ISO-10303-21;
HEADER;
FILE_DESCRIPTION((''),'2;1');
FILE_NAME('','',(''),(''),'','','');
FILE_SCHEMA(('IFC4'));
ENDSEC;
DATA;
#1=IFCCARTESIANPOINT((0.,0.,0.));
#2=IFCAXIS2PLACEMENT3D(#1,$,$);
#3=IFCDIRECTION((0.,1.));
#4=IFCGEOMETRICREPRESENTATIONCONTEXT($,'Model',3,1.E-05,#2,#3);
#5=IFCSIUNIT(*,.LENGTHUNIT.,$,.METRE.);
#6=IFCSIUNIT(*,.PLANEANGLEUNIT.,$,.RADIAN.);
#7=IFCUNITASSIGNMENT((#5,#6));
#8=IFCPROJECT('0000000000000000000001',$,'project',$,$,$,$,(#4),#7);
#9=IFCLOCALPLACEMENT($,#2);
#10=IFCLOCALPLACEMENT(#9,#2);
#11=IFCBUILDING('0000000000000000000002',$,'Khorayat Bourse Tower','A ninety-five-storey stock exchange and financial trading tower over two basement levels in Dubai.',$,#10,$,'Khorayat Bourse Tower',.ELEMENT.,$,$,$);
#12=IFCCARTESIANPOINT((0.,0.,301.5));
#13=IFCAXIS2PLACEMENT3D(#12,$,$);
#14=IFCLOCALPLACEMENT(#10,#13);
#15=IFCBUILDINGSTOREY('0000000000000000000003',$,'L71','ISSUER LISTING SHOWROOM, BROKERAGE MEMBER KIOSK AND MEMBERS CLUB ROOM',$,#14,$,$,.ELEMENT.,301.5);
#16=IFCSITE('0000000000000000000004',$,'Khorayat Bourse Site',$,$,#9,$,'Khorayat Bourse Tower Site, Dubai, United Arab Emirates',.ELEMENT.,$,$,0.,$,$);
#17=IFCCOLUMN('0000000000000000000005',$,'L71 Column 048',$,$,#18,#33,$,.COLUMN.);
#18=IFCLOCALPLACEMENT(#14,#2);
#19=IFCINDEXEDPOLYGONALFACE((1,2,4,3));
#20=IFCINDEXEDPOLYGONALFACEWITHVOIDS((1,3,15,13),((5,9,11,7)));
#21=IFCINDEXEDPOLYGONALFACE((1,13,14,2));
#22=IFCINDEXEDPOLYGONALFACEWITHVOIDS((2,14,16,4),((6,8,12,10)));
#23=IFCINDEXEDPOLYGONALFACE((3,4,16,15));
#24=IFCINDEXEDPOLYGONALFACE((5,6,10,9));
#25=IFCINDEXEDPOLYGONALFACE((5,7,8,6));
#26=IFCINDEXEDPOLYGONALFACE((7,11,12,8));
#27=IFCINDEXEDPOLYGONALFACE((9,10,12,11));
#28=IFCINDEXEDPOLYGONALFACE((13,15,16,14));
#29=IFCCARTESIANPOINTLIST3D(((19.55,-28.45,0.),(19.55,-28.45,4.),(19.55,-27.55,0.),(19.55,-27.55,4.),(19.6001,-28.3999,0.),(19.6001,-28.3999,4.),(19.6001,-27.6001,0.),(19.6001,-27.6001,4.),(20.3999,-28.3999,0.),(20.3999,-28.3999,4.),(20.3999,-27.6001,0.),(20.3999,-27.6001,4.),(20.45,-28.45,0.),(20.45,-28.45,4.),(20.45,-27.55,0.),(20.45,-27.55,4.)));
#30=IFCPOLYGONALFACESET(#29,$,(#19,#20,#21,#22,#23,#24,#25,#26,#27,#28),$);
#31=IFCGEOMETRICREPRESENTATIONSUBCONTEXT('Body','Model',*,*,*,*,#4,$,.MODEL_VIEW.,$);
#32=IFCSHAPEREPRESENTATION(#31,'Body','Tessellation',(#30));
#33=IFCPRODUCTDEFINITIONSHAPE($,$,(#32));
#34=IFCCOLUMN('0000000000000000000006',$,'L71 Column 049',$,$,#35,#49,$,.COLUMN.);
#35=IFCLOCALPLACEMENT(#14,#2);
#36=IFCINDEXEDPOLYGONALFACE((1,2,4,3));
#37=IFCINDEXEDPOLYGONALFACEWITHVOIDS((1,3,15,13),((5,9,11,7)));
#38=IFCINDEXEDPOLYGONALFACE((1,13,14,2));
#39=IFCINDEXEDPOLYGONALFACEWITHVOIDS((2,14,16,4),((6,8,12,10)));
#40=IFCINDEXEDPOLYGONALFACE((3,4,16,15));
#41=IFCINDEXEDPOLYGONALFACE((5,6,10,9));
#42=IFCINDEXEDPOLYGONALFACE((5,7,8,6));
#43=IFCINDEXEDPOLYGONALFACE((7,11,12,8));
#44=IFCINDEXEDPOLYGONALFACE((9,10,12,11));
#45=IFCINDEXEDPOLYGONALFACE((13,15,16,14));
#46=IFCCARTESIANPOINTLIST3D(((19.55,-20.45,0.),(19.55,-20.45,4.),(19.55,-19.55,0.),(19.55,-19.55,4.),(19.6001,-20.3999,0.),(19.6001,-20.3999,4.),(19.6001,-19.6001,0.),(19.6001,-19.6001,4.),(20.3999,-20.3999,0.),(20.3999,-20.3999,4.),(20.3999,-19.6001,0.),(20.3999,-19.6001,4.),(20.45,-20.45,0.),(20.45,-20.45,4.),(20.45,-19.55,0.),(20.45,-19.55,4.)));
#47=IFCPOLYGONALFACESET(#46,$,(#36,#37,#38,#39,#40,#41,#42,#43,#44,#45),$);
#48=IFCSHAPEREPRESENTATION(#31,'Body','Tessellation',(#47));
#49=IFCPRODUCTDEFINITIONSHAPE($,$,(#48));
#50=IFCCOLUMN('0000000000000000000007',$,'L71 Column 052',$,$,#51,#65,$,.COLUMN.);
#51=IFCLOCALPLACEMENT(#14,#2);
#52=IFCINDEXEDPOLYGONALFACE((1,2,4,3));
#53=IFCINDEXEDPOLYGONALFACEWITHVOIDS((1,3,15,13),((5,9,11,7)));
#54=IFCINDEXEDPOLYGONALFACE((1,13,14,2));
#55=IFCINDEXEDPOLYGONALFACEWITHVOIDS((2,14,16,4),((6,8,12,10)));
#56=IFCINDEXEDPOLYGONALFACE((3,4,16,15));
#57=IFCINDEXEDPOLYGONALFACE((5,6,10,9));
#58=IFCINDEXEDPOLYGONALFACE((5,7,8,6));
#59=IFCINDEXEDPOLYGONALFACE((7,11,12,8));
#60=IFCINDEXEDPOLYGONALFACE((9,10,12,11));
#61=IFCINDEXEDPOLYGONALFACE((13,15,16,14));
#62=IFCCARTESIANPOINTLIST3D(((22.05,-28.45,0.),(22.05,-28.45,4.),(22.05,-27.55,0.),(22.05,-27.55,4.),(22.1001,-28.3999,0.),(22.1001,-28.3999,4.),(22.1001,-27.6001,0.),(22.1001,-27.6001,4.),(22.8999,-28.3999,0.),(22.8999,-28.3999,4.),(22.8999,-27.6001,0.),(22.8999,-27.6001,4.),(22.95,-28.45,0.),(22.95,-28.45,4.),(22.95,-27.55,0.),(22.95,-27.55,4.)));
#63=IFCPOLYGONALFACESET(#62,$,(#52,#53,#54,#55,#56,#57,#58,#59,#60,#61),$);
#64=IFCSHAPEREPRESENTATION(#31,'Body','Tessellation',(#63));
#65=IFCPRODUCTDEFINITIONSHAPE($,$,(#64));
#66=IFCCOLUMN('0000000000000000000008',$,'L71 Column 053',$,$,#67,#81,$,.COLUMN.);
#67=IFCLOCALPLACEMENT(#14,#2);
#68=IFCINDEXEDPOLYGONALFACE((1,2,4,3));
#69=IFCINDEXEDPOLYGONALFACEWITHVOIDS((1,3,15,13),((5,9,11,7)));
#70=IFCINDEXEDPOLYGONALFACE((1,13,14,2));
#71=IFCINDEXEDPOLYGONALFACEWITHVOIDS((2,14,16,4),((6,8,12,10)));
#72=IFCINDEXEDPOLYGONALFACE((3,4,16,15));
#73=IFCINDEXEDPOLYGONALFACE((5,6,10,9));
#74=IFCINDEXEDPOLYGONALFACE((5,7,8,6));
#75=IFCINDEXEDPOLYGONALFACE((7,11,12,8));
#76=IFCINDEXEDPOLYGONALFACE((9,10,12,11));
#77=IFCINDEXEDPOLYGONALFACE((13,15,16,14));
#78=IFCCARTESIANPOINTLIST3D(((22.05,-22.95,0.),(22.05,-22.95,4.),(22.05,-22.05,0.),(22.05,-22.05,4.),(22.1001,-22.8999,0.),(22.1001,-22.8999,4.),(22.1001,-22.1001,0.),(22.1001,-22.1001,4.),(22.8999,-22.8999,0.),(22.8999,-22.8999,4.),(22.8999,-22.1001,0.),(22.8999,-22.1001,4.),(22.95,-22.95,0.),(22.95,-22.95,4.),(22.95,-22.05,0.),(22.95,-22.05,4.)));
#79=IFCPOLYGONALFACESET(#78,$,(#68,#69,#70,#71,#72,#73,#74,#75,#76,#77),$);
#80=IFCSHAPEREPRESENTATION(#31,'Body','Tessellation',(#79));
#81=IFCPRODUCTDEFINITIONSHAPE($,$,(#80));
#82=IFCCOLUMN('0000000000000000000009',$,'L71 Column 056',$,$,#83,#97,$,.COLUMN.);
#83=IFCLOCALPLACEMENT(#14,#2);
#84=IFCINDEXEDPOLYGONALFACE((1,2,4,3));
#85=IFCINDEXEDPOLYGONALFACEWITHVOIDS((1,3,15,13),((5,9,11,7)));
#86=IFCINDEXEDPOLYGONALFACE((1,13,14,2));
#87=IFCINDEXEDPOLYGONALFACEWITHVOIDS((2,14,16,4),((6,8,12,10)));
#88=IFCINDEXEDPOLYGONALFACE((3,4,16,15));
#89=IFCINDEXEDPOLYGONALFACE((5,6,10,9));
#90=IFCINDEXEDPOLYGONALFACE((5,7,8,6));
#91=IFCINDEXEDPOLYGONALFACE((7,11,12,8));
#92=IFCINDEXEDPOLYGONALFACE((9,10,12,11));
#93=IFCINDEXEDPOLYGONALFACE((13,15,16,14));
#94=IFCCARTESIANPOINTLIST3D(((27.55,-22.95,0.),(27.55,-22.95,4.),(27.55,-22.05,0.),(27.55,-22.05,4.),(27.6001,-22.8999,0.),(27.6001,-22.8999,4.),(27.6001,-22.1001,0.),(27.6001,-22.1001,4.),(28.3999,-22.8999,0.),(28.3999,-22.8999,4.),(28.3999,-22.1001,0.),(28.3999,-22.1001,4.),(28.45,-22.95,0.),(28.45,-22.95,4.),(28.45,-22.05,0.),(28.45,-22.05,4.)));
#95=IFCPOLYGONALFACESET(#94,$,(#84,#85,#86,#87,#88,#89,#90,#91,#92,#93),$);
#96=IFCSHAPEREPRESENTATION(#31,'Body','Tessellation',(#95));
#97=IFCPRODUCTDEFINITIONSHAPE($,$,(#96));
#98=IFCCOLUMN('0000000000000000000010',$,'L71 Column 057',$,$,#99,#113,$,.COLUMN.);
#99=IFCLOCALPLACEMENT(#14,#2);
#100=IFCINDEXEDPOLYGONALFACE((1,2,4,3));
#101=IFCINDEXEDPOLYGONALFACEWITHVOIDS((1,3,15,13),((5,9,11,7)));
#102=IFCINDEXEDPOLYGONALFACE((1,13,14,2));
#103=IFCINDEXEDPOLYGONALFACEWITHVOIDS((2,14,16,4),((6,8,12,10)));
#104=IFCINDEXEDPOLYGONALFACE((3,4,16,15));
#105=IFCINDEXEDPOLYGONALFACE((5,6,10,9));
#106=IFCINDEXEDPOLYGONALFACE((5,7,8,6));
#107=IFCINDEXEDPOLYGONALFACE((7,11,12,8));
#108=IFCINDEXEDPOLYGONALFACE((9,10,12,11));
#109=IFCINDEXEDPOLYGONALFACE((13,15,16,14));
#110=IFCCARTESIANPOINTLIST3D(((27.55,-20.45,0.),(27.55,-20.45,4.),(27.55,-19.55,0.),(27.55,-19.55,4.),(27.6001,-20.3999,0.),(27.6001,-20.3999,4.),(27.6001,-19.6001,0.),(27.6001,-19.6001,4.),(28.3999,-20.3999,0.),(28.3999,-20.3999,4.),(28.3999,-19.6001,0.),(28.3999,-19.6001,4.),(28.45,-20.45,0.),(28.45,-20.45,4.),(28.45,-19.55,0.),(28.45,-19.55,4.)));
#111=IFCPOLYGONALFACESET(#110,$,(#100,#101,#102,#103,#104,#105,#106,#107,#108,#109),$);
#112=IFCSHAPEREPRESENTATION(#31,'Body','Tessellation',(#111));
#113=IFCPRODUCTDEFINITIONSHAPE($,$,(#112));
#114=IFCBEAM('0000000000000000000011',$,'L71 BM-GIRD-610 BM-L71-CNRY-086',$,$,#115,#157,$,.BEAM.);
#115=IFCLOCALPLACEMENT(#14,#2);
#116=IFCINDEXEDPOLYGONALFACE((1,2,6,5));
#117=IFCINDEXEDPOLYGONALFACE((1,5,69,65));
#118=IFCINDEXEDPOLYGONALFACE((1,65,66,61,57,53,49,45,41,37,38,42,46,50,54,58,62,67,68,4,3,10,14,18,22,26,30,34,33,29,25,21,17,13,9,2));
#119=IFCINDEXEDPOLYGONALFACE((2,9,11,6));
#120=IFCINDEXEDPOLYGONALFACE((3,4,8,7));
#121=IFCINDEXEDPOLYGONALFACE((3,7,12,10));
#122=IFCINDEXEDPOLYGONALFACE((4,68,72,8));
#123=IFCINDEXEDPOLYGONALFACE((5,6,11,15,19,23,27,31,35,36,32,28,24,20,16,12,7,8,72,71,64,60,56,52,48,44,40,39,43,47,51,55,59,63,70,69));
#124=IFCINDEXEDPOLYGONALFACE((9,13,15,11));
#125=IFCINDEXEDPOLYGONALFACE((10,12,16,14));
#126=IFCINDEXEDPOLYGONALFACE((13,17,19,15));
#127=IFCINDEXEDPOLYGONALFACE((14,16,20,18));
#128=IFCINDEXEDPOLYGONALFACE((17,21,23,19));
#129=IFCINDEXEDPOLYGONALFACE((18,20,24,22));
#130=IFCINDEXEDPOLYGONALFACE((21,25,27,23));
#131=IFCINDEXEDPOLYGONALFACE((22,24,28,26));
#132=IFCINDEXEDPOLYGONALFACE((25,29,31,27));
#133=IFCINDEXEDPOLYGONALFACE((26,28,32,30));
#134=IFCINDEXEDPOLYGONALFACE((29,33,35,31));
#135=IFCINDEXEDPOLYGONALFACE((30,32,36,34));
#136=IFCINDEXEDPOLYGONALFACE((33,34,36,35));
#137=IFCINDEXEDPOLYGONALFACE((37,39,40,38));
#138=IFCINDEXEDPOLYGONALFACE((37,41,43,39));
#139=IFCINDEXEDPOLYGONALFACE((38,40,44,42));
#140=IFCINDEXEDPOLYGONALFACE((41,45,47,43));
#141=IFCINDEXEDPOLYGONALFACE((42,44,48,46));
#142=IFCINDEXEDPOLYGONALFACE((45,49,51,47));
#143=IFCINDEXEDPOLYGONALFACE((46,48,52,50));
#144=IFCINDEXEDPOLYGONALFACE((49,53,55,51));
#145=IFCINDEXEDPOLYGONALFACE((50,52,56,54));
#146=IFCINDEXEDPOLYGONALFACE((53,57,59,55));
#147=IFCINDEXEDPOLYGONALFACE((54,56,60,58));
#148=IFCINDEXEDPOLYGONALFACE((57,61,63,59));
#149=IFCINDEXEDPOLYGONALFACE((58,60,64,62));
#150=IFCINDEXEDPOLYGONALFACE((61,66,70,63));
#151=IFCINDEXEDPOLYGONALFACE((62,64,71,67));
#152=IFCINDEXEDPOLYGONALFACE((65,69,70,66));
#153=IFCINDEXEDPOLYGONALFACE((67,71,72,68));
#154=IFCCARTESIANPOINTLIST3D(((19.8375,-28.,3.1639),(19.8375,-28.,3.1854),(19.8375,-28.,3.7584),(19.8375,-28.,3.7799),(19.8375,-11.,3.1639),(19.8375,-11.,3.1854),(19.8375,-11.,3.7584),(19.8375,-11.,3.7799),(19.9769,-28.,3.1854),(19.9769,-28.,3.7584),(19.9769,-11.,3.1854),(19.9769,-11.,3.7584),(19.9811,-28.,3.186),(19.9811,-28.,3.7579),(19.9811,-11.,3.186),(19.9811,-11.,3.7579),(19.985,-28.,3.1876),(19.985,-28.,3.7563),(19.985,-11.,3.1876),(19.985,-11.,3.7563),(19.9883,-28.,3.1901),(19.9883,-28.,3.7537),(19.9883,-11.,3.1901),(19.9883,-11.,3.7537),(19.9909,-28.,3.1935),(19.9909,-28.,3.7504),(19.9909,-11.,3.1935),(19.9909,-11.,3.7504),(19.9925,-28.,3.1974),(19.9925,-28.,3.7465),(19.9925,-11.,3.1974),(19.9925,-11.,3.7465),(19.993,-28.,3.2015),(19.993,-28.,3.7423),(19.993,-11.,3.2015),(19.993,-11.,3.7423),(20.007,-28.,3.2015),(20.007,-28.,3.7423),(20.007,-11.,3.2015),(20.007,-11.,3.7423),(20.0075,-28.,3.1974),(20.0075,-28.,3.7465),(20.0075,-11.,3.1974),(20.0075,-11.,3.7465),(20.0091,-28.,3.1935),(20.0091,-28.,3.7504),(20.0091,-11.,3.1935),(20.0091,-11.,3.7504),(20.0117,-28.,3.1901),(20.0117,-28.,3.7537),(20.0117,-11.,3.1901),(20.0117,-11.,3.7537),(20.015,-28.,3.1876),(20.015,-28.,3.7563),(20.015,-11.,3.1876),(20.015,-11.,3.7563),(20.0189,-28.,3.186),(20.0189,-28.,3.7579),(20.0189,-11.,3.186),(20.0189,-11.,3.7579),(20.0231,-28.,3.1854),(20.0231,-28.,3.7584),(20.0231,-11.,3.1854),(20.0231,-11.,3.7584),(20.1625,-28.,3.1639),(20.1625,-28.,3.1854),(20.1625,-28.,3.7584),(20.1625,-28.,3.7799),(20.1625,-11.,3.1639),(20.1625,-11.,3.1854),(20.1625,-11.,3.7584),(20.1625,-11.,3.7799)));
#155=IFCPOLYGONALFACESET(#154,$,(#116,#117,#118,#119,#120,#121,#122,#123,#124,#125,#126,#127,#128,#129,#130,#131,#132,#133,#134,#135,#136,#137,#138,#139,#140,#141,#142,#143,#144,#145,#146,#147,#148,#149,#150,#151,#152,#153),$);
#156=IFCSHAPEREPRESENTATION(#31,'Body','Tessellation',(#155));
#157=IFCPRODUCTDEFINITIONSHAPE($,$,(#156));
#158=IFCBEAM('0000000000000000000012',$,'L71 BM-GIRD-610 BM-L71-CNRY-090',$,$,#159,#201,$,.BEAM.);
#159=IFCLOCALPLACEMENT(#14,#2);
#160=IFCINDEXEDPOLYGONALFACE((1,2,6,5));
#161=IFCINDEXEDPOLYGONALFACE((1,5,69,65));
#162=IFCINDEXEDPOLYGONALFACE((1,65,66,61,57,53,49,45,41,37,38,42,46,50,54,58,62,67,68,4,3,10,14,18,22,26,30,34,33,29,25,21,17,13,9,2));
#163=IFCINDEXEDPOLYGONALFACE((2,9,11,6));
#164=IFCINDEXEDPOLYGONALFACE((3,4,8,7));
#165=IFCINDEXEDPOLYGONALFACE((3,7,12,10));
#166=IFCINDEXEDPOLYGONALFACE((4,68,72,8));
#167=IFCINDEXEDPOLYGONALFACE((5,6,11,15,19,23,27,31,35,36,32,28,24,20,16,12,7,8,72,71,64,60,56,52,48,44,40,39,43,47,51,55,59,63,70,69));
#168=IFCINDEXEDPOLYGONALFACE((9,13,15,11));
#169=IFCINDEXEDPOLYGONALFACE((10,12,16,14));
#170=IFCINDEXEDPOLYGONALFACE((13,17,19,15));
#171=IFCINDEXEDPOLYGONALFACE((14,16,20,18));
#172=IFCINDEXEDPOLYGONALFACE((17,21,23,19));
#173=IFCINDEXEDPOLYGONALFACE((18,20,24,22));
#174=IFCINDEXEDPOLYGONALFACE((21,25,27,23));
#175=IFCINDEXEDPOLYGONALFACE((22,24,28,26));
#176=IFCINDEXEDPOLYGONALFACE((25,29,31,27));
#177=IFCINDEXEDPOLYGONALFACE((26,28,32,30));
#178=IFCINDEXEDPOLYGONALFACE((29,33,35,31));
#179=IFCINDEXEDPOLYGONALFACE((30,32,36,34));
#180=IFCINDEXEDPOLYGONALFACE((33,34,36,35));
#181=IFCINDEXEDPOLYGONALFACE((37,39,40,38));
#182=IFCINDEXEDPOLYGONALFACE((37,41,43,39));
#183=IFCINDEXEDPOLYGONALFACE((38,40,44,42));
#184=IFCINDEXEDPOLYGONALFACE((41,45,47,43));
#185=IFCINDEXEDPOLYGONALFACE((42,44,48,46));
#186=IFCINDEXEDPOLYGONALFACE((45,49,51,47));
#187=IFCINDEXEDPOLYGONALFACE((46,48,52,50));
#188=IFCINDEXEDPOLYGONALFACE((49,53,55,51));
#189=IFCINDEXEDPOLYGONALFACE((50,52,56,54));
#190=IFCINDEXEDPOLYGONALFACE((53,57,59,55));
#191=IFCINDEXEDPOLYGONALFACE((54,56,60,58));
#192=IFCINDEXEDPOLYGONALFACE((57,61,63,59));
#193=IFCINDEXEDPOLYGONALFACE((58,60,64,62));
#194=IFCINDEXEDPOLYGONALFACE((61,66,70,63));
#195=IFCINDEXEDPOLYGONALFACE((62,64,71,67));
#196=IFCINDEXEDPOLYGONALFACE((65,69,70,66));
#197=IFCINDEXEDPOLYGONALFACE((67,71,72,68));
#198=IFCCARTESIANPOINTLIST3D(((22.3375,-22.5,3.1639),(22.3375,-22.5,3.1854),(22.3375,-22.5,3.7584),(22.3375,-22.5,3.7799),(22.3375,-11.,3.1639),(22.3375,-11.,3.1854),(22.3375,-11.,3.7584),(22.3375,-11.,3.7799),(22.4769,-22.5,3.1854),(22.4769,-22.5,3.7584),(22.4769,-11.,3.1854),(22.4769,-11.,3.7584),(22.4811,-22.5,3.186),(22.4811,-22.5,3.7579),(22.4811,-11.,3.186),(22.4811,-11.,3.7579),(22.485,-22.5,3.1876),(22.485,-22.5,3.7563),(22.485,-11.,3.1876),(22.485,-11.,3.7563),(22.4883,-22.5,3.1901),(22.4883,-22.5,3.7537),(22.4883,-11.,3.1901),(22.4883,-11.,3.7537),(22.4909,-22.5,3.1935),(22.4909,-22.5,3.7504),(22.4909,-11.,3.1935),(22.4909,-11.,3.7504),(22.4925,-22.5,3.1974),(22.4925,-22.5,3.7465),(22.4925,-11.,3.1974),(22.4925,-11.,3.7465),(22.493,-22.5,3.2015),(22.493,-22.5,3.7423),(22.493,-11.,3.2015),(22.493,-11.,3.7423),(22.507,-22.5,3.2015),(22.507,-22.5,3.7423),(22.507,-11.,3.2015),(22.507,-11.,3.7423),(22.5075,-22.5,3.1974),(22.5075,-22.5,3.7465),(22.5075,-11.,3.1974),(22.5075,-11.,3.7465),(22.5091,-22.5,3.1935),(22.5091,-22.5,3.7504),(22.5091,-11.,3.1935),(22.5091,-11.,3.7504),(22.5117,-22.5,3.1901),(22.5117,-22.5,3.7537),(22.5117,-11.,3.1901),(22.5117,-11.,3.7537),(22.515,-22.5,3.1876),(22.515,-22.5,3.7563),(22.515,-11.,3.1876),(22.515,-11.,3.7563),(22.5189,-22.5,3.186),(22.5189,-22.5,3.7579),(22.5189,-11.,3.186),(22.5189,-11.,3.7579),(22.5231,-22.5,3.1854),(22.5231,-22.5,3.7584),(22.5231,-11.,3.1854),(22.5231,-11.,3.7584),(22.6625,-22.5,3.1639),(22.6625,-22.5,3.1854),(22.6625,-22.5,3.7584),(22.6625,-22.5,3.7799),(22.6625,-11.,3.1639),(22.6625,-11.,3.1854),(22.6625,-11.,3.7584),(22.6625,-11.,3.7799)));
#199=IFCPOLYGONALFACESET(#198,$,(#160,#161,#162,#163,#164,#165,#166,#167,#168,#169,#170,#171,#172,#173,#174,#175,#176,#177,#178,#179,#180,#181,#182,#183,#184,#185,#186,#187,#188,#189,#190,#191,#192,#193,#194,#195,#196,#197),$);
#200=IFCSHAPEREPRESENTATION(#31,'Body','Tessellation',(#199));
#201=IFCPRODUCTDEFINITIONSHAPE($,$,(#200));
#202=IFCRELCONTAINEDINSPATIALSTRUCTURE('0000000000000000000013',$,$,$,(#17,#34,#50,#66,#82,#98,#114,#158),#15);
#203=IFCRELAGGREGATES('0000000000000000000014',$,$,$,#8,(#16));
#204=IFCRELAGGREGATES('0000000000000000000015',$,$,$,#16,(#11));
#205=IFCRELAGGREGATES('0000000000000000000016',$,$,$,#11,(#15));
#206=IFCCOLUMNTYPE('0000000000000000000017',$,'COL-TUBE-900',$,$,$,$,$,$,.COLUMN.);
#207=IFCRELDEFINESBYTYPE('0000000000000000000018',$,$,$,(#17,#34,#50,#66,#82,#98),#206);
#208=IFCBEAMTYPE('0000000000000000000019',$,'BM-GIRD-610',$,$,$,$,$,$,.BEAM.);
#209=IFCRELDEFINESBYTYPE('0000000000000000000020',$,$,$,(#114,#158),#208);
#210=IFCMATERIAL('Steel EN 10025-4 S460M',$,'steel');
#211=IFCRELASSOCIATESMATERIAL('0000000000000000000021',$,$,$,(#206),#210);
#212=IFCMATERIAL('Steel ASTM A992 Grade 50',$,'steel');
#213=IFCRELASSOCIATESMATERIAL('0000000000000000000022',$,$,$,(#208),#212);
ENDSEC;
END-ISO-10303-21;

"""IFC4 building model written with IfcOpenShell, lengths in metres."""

from ifc_helpers import new_model, si_unit, direction, frame, origin, origin_2d, place, context, subcontext, project, spatial, hollow_rectangle, i_section, extrude, source, transform, mapped, material, material_profile, profile_set, type_object, element, save


model = new_model("IFC4")

# Units and contexts
model_context = context("Model", 3, precision=1e-05, world=origin(), true_north=direction((0.0, 1.0)))
body_context = subcontext(model_context, "Body", "Model", "MODEL_VIEW")
ifc_project = project(units=[si_unit("LENGTHUNIT", "METRE"), si_unit("PLANEANGLEUNIT", "RADIAN")], contexts=[model_context])

# Site, building, storey
site_placement = place(None, origin())
site = spatial("IfcSite", under=ifc_project, at=site_placement, Name="Khorayat Bourse Site", LongName="Khorayat Bourse Tower Site, Dubai, United Arab Emirates", CompositionType="ELEMENT", RefElevation=0.0)
building_placement = place(site_placement, origin())
building = spatial("IfcBuilding", under=site, at=building_placement, Name="Khorayat Bourse Tower", Description="A ninety-five-storey stock exchange and financial trading tower over two basement levels in Dubai.", LongName="Khorayat Bourse Tower", CompositionType="ELEMENT")
storey_placement = place(building_placement, frame((0.0, 0.0, 301.5)))
storey = spatial("IfcBuildingStorey", under=building, at=storey_placement, Name="L71", Description="ISSUER LISTING SHOWROOM, BROKERAGE MEMBER KIOSK AND MEMBERS CLUB ROOM", CompositionType="ELEMENT", Elevation=301.5)

# Columns
ifc_material_1 = material(Name="Steel EN 10025-4 S460M", Category="steel")
ifc_material_profile_1 = material_profile(ifc_material_1, hollow_rectangle(XDim=0.8999, YDim=0.8999, WallThickness=0.05, at=origin_2d()), Name="BOX 900x900x50")
ifc_profile_set_1 = profile_set([ifc_material_profile_1], Name="Steel EN 10025-4 S460M")
column_type = type_object("IfcColumnType", Name="COL-TUBE-900", PredefinedType="COLUMN", material=ifc_profile_set_1)
shared_shape_1 = source(origin(), body_context, "Body", "SweptSolid", [
    extrude(hollow_rectangle(XDim=0.8999, YDim=0.8999, WallThickness=0.05, at=origin_2d()), origin(), (0.0, 0.0, 1.0), 4.0),
])
for number, where, z_axis, x_axis, name in (
    (1, (20.0, -28.0, 0.0), (0.0, 0.0, 1.0), (1.0, 0.0, 0.0), "L71 Column 048"),
    (2, (20.0, -20.0, 0.0), (0.0, 0.0, 1.0), (1.0, 0.0, 0.0), "L71 Column 049"),
    (3, (22.5, -28.0, 0.0), (0.0, 0.0, 1.0), (1.0, 0.0, 0.0), "L71 Column 052"),
    (4, (22.5, -22.5, 0.0), (0.0, 0.0, 1.0), (1.0, 0.0, 0.0), "L71 Column 053"),
    (5, (28.0, -22.5, 0.0), (0.0, 0.0, 1.0), (1.0, 0.0, 0.0), "L71 Column 056"),
    (6, (28.0, -20.0, 0.0), (0.0, 0.0, 1.0), (1.0, 0.0, 0.0), "L71 Column 057"),
):
    element("IfcColumn", number, at=place(storey_placement, frame(where, z_axis=z_axis, x_axis=x_axis)), inside=storey, type_object=column_type, Name=name, PredefinedType="COLUMN", context=body_context, shape_type="MappedRepresentation", body=[
        mapped(shared_shape_1, transform((0.0, 0.0, 0.0), scale=1.0)),
    ])

# Beams
ifc_material_2 = material(Name="Steel ASTM A992 Grade 50", Category="steel")
ifc_material_profile_2 = material_profile(ifc_material_2, i_section(OverallWidth=0.325, OverallDepth=0.616, WebThickness=0.0139, FlangeThickness=0.0215, FilletRadius=0.0161, at=origin_2d()), Name="W610X174")
ifc_profile_set_2 = profile_set([ifc_material_profile_2], Name="Steel ASTM A992 Grade 50")
beam_type_1 = type_object("IfcBeamType", Name="BM-GIRD-610", PredefinedType="BEAM", material=ifc_profile_set_2)
shared_shape_2 = source(origin(), body_context, "Body", "SweptSolid", [
    extrude(i_section(OverallWidth=0.325, OverallDepth=0.616, WebThickness=0.0139, FlangeThickness=0.0215, FilletRadius=0.0161, at=origin_2d()), origin(), (0.0, 0.0, 1.0), 17.0),
])
beam_1_placement = place(storey_placement, frame((20.0, -28.0, 3.4719), z_axis=(0.0, 1.0, 0.0), x_axis=(-1.0, 0.0, 0.0)))
element("IfcBeam", 7, at=beam_1_placement, inside=storey, type_object=beam_type_1, Name="L71 BM-GIRD-610 BM-L71-CNRY-086", PredefinedType="BEAM", context=body_context, shape_type="MappedRepresentation", body=[
    mapped(shared_shape_2, transform((0.0, 0.0, 0.0), scale=1.0)),
])
shared_shape_3 = source(origin(), body_context, "Body", "SweptSolid", [
    extrude(i_section(OverallWidth=0.325, OverallDepth=0.616, WebThickness=0.0139, FlangeThickness=0.0215, FilletRadius=0.0161, at=origin_2d()), origin(), (0.0, 0.0, 1.0), 11.5),
])
beam_2_placement = place(storey_placement, frame((22.5, -22.5, 3.4719), z_axis=(0.0, 1.0, 0.0), x_axis=(-1.0, 0.0, 0.0)))
element("IfcBeam", 8, at=beam_2_placement, inside=storey, type_object=beam_type_1, Name="L71 BM-GIRD-610 BM-L71-CNRY-090", PredefinedType="BEAM", context=body_context, shape_type="MappedRepresentation", body=[
    mapped(shared_shape_3, transform((0.0, 0.0, 0.0), scale=1.0)),
])

save(model, "model.ifc")
